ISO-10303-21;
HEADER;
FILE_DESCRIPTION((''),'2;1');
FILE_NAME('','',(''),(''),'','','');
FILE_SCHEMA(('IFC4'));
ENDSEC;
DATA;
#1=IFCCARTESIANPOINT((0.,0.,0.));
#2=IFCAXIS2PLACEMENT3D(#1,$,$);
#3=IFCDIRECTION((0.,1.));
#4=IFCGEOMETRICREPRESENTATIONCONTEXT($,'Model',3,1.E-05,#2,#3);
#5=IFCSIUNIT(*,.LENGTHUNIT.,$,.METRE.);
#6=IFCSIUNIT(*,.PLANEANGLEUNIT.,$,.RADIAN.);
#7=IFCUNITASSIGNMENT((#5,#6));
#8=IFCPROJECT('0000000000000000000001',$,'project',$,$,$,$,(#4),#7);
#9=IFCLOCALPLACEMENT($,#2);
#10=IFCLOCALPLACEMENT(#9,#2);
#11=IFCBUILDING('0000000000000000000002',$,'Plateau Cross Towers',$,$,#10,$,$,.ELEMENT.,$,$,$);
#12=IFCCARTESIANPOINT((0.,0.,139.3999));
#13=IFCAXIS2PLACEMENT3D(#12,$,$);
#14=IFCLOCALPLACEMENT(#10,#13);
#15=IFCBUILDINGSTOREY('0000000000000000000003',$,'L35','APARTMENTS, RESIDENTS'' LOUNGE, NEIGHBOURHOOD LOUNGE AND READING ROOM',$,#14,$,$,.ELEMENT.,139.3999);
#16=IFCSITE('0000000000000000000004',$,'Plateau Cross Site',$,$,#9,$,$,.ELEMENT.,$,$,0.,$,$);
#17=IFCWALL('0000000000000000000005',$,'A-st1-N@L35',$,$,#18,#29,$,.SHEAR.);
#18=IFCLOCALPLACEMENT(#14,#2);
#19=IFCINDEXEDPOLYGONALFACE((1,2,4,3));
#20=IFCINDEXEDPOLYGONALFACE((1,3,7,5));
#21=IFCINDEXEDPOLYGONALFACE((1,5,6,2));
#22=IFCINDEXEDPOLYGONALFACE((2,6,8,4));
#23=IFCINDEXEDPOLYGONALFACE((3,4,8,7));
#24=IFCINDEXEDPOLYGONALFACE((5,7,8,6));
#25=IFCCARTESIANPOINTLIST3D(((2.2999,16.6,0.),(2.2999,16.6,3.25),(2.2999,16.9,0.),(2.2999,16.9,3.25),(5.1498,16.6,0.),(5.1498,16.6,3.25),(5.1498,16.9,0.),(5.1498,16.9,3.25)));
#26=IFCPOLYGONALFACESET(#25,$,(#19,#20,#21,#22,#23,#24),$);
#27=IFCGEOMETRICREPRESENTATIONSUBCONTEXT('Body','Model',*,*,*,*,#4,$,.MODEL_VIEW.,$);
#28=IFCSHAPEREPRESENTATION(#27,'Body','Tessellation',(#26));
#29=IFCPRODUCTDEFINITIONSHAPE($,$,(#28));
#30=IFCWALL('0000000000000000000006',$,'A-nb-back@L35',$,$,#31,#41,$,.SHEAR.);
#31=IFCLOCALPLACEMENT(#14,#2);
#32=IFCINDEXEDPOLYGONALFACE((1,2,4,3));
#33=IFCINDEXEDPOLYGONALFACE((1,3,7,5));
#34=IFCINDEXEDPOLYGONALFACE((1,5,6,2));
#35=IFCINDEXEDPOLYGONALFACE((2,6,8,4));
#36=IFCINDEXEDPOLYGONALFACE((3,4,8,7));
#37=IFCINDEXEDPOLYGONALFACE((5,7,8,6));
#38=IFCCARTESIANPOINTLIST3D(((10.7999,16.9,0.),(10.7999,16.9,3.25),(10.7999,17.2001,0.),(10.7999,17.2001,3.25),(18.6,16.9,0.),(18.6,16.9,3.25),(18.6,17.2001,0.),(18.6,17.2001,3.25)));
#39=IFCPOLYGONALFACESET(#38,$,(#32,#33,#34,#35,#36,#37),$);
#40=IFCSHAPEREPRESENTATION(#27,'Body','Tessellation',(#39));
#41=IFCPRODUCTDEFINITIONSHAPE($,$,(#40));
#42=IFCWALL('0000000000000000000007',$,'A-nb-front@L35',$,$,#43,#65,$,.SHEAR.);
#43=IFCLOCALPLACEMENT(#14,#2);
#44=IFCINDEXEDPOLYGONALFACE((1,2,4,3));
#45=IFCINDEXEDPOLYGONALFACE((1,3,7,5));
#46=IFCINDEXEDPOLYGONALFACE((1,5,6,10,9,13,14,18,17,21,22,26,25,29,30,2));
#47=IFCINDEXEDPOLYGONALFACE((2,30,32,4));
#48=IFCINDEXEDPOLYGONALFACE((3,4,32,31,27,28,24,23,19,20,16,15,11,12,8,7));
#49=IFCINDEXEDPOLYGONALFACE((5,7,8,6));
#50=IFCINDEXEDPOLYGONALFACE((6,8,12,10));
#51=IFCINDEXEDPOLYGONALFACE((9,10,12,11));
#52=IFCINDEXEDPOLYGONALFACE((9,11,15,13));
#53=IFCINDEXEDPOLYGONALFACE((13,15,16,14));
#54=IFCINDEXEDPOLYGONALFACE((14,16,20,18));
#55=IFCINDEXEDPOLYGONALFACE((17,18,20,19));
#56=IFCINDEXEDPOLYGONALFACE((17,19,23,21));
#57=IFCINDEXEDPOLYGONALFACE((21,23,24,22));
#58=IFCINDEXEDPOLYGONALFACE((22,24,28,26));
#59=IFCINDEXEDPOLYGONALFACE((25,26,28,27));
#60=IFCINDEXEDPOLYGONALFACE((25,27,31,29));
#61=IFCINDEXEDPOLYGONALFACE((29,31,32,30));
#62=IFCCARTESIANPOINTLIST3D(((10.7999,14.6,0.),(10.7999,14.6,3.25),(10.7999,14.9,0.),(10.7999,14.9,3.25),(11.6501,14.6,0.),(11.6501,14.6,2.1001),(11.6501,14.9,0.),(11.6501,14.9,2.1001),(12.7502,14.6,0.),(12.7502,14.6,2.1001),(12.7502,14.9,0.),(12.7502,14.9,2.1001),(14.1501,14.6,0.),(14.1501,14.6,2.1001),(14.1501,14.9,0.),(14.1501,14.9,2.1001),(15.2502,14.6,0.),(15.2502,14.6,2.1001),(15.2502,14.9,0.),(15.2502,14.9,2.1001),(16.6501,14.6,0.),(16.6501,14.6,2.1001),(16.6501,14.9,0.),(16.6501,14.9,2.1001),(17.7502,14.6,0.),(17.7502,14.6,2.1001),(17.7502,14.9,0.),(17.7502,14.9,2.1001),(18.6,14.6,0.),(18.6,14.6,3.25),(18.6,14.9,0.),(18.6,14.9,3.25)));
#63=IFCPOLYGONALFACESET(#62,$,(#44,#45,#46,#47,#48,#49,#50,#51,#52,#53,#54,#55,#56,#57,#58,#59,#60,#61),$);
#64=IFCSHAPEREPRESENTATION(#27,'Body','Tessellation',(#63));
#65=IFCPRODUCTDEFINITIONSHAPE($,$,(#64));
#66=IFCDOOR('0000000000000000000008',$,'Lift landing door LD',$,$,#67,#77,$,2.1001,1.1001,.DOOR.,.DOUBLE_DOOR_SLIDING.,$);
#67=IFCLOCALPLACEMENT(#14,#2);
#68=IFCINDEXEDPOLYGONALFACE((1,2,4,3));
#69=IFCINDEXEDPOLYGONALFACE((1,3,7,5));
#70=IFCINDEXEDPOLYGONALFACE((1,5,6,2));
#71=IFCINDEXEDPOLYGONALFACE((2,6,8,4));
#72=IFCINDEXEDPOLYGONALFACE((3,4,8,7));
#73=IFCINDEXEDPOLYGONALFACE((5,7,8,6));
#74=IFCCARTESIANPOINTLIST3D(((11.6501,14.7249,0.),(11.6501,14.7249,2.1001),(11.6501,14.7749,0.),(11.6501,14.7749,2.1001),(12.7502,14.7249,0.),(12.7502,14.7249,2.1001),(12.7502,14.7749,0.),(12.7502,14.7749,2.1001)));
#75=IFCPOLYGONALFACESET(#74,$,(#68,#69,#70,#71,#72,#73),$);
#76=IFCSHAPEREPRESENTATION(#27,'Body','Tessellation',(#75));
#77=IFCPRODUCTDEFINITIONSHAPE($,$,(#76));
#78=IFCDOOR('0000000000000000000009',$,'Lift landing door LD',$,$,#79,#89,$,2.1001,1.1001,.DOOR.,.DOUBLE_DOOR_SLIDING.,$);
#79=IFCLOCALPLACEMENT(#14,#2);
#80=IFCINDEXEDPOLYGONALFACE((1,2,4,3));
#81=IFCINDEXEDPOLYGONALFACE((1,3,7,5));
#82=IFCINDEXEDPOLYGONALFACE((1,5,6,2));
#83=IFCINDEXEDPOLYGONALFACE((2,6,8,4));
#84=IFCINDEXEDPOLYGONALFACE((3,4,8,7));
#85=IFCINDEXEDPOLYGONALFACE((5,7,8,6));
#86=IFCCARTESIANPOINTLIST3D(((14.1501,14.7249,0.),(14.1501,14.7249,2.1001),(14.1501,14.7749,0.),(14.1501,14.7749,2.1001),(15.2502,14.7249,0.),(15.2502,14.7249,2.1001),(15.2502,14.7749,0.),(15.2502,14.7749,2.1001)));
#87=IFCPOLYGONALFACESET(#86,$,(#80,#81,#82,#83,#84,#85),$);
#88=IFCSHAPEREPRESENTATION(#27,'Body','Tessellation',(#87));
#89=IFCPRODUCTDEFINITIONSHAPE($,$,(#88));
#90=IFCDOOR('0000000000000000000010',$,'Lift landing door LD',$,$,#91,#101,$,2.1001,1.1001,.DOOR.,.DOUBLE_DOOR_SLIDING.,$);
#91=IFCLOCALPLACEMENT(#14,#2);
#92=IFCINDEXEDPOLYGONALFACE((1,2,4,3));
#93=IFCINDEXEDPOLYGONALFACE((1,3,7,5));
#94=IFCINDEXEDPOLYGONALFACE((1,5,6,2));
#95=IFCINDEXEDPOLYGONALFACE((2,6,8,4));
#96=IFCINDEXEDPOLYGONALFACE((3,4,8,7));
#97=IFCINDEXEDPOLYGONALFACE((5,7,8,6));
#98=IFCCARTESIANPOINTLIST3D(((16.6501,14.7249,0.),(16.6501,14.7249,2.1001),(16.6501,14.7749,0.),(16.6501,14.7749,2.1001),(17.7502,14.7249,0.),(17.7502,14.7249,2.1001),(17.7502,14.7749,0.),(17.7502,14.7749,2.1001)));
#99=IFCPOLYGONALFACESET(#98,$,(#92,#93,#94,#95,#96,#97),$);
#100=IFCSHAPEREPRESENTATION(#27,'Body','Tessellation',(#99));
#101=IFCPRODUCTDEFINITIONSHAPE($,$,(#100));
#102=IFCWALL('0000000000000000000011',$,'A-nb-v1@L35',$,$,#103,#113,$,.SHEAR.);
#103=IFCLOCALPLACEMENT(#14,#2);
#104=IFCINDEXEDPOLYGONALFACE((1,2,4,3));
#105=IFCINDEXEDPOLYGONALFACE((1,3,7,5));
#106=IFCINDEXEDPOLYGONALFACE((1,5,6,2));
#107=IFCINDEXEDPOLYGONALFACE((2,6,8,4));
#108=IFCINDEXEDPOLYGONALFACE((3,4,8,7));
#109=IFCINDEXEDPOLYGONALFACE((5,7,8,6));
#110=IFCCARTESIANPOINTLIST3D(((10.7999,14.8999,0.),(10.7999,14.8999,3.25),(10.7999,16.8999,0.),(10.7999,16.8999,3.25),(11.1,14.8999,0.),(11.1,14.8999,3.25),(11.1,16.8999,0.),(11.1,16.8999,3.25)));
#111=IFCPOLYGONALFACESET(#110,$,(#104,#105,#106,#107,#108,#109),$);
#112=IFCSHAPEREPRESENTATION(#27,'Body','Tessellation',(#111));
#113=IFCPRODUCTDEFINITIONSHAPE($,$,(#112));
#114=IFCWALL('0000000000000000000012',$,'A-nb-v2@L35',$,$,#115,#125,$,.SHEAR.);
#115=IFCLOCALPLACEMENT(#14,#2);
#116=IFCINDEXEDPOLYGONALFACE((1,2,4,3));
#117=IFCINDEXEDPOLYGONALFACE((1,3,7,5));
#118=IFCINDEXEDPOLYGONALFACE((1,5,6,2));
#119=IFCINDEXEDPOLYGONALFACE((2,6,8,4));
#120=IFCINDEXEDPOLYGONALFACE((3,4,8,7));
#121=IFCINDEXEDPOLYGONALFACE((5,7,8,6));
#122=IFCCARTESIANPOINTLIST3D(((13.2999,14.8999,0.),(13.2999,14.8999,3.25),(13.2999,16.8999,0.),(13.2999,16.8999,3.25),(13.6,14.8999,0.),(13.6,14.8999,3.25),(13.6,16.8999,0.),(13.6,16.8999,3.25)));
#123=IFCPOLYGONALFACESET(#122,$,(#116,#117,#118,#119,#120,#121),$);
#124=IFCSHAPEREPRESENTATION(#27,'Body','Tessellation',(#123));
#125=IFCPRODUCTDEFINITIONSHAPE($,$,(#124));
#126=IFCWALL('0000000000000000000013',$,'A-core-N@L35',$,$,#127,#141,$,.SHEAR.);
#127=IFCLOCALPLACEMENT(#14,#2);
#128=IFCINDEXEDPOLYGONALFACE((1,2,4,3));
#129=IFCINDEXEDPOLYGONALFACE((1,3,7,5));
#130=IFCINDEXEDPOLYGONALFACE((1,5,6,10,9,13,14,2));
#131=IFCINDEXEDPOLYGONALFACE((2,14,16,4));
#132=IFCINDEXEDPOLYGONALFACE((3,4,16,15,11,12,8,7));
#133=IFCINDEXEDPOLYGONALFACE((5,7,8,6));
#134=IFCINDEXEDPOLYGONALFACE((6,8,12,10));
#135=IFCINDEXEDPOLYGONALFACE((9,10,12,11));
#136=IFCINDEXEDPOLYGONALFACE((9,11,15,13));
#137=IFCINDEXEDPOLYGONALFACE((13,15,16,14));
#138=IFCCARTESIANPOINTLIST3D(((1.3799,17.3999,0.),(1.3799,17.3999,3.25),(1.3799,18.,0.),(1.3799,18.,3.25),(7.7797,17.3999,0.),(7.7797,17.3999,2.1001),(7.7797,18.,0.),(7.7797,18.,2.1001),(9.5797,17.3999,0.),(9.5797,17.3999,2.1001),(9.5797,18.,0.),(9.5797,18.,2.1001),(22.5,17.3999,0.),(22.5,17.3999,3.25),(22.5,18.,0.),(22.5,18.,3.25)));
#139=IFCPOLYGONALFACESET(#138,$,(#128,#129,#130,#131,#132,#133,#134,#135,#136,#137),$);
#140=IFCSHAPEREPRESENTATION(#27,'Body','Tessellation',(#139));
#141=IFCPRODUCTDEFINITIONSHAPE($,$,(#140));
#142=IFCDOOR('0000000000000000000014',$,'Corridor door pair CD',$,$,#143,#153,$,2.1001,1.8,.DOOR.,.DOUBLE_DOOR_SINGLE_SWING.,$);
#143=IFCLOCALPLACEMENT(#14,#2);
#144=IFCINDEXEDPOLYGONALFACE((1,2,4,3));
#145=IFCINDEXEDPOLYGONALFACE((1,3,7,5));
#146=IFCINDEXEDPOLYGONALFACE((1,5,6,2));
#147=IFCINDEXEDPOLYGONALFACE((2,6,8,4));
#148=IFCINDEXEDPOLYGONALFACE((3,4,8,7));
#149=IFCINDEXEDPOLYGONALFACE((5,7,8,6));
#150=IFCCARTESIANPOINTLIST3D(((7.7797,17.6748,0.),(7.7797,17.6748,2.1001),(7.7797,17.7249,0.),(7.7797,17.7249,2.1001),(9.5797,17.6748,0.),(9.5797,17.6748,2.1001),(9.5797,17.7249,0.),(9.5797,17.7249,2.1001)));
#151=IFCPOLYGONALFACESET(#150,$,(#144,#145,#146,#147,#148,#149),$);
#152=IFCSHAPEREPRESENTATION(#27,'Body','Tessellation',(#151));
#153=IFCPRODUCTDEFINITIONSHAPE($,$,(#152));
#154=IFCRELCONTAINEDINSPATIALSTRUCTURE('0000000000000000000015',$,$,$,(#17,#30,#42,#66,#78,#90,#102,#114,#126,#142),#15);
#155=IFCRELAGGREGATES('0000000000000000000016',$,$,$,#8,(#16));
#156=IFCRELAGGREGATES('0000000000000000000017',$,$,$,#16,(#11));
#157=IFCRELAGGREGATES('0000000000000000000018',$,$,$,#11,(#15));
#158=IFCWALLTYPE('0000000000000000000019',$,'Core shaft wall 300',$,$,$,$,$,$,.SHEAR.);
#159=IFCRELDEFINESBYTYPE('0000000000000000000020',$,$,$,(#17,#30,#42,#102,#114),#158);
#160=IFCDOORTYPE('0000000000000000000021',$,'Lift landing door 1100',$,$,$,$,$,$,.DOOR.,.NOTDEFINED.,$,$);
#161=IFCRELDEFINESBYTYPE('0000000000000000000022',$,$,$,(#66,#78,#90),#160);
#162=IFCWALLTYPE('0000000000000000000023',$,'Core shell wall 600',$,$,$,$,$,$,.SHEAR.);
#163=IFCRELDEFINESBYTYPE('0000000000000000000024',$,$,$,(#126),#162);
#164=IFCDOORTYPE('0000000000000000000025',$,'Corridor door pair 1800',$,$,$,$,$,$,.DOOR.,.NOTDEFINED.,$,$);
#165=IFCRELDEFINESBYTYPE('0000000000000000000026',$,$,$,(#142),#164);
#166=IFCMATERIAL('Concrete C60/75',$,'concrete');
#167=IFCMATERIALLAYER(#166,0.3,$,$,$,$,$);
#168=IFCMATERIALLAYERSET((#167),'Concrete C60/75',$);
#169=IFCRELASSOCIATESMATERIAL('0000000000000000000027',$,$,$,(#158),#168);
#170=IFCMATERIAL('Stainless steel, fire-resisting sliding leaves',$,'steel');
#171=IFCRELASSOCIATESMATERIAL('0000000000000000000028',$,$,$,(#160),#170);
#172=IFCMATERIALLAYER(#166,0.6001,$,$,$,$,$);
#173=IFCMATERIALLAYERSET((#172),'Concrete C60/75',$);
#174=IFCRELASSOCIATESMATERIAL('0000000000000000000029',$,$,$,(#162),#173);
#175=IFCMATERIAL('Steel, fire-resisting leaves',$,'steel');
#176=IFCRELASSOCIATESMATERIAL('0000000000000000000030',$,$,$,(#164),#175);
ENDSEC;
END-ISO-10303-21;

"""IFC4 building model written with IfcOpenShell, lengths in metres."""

from ifc_helpers import new_model, si_unit, direction, frame, frame_2d, origin, place, context, subcontext, project, spatial, rectangle, extrude, material, layer, layer_set, type_object, element, fill, save


model = new_model("IFC4")

# Units and contexts
model_context = context("Model", 3, precision=1e-05, world=origin(), true_north=direction((0.0, 1.0)))
body_context = subcontext(model_context, "Body", "Model", "MODEL_VIEW")
ifc_project = project(units=[si_unit("LENGTHUNIT", "METRE"), si_unit("PLANEANGLEUNIT", "RADIAN")], contexts=[model_context])

# Site, building, storey
site_placement = place(None, origin())
site = spatial("IfcSite", under=ifc_project, at=site_placement, Name="Plateau Cross Site", CompositionType="ELEMENT", RefElevation=0.0)
building_placement = place(site_placement, origin())
building = spatial("IfcBuilding", under=site, at=building_placement, Name="Plateau Cross Towers", CompositionType="ELEMENT")
storey_placement = place(building_placement, frame((0.0, 0.0, 139.3999)))
storey = spatial("IfcBuildingStorey", under=building, at=storey_placement, Name="L35", Description="APARTMENTS, RESIDENTS' LOUNGE, NEIGHBOURHOOD LOUNGE AND READING ROOM", CompositionType="ELEMENT", Elevation=139.3999)

# Walls
ifc_material_1 = material(Name="Concrete C60/75", Category="concrete")
ifc_layer_1 = layer(ifc_material_1, 0.3)
ifc_layer_set_1 = layer_set([ifc_layer_1], Name="Concrete C60/75")
wall_type_1 = type_object("IfcWallType", Name="Core shaft wall 300", PredefinedType="SHEAR", material=ifc_layer_set_1)
wall_1_placement = place(storey_placement, frame((2.3, 16.75, 0.0), z_axis=(0.0, 0.0, 1.0), x_axis=(1.0, 0.0, 0.0)))
element("IfcWall", 1, at=wall_1_placement, inside=storey, type_object=wall_type_1, Name="A-st1-N@L35", PredefinedType="SHEAR", context=body_context, shape_type="SweptSolid", body=[
    extrude(rectangle(XDim=2.8499, YDim=0.3, at=frame_2d((1.4248, 0.0))), origin(), (0.0, 0.0, 1.0), 3.25),
])
wall_2_placement = place(storey_placement, frame((10.8, 17.05, 0.0), z_axis=(0.0, 0.0, 1.0), x_axis=(1.0, 0.0, 0.0)))
element("IfcWall", 2, at=wall_2_placement, inside=storey, type_object=wall_type_1, Name="A-nb-back@L35", PredefinedType="SHEAR", context=body_context, shape_type="SweptSolid", body=[
    extrude(rectangle(XDim=7.8, YDim=0.3, at=frame_2d((3.8999, 0.0))), origin(), (0.0, 0.0, 1.0), 3.25),
])

# Wall, openings, doors
wall_3_placement = place(storey_placement, frame((10.8, 14.75, 0.0), z_axis=(0.0, 0.0, 1.0), x_axis=(1.0, 0.0, 0.0)))
wall_3 = element("IfcWall", 3, at=wall_3_placement, inside=storey, type_object=wall_type_1, Name="A-nb-front@L35", PredefinedType="SHEAR", context=body_context, shape_type="SweptSolid", body=[
    extrude(rectangle(XDim=7.8, YDim=0.3, at=frame_2d((3.8999, 0.0))), origin(), (0.0, 0.0, 1.0), 3.25),
])
opening_1_placement = place(wall_3_placement, frame((0.8501, 0.0, 0.0)))
opening_1 = element("IfcOpeningElement", 4, at=opening_1_placement, cuts=wall_3, PredefinedType="OPENING", context=body_context, shape_type="SweptSolid", body=[
    extrude(rectangle(XDim=1.1001, YDim=2.1001, at=frame_2d((0.55, 1.05))), frame((0.0, 0.1599, 0.0), z_axis=(0.0, -1.0, 0.0), x_axis=(1.0, 0.0, 0.0)), (0.0, 0.0, 1.0), 0.3201),
])
opening_2_placement = place(wall_3_placement, frame((3.3501, 0.0, 0.0)))
opening_2 = element("IfcOpeningElement", 5, at=opening_2_placement, cuts=wall_3, PredefinedType="OPENING", context=body_context, shape_type="SweptSolid", body=[
    extrude(rectangle(XDim=1.1001, YDim=2.1001, at=frame_2d((0.55, 1.05))), frame((0.0, 0.1599, 0.0), z_axis=(0.0, -1.0, 0.0), x_axis=(1.0, 0.0, 0.0)), (0.0, 0.0, 1.0), 0.3201),
])
opening_3_placement = place(wall_3_placement, frame((5.8501, 0.0, 0.0)))
opening_3 = element("IfcOpeningElement", 6, at=opening_3_placement, cuts=wall_3, PredefinedType="OPENING", context=body_context, shape_type="SweptSolid", body=[
    extrude(rectangle(XDim=1.1001, YDim=2.1001, at=frame_2d((0.55, 1.05))), frame((0.0, 0.1599, 0.0), z_axis=(0.0, -1.0, 0.0), x_axis=(1.0, 0.0, 0.0)), (0.0, 0.0, 1.0), 0.3201),
])
ifc_material_2 = material(Name="Stainless steel, fire-resisting sliding leaves", Category="steel")
door_type_1 = type_object("IfcDoorType", Name="Lift landing door 1100", OperationType="NOTDEFINED", PredefinedType="DOOR", material=ifc_material_2)
door_1_placement = place(opening_1_placement, origin())
door_1 = element("IfcDoor", 7, at=door_1_placement, inside=storey, type_object=door_type_1, Name="Lift landing door LD", OperationType="DOUBLE_DOOR_SLIDING", OverallHeight=2.1001, OverallWidth=1.1001, PredefinedType="DOOR", context=body_context, shape_type="SweptSolid", body=[
    extrude(rectangle(XDim=1.1001, YDim=2.1001, at=frame_2d((0.55, 1.05))), frame((0.0, 0.0249, 0.0), z_axis=(0.0, -1.0, 0.0), x_axis=(1.0, 0.0, 0.0)), (0.0, 0.0, 1.0), 0.05),
])
fill(opening_1, door_1)
door_2_placement = place(opening_2_placement, origin())
door_2 = element("IfcDoor", 8, at=door_2_placement, inside=storey, type_object=door_type_1, Name="Lift landing door LD", OperationType="DOUBLE_DOOR_SLIDING", OverallHeight=2.1001, OverallWidth=1.1001, PredefinedType="DOOR", context=body_context, shape_type="SweptSolid", body=[
    extrude(rectangle(XDim=1.1001, YDim=2.1001, at=frame_2d((0.55, 1.05))), frame((0.0, 0.0249, 0.0), z_axis=(0.0, -1.0, 0.0), x_axis=(1.0, 0.0, 0.0)), (0.0, 0.0, 1.0), 0.05),
])
fill(opening_2, door_2)
door_3_placement = place(opening_3_placement, origin())
door_3 = element("IfcDoor", 9, at=door_3_placement, inside=storey, type_object=door_type_1, Name="Lift landing door LD", OperationType="DOUBLE_DOOR_SLIDING", OverallHeight=2.1001, OverallWidth=1.1001, PredefinedType="DOOR", context=body_context, shape_type="SweptSolid", body=[
    extrude(rectangle(XDim=1.1001, YDim=2.1001, at=frame_2d((0.55, 1.05))), frame((0.0, 0.0249, 0.0), z_axis=(0.0, -1.0, 0.0), x_axis=(1.0, 0.0, 0.0)), (0.0, 0.0, 1.0), 0.05),
])
fill(opening_3, door_3)

# Walls
for number, where, z_axis, x_axis, name in (
    (10, (10.95, 14.8999, 0.0), (0.0, 0.0, 1.0), (0.0, 1.0, 0.0), "A-nb-v1@L35"),
    (11, (13.45, 14.8999, 0.0), (0.0, 0.0, 1.0), (0.0, 1.0, 0.0), "A-nb-v2@L35"),
):
    element("IfcWall", number, at=place(storey_placement, frame(where, z_axis=z_axis, x_axis=x_axis)), inside=storey, type_object=wall_type_1, Name=name, PredefinedType="SHEAR", context=body_context, shape_type="SweptSolid", body=[
        extrude(rectangle(XDim=2.0, YDim=0.3, at=frame_2d((1.0, 0.0))), origin(), (0.0, 0.0, 1.0), 3.25),
    ])

# Wall, opening, door
ifc_layer_2 = layer(ifc_material_1, 0.6001)
ifc_layer_set_2 = layer_set([ifc_layer_2], Name="Concrete C60/75")
wall_type_2 = type_object("IfcWallType", Name="Core shell wall 600", PredefinedType="SHEAR", material=ifc_layer_set_2)
wall_4_placement = place(storey_placement, frame((1.3799, 17.7, 0.0), z_axis=(0.0, 0.0, 1.0), x_axis=(1.0, 0.0, 0.0)))
wall_4 = element("IfcWall", 12, at=wall_4_placement, inside=storey, type_object=wall_type_2, Name="A-core-N@L35", PredefinedType="SHEAR", context=body_context, shape_type="SweptSolid", body=[
    extrude(rectangle(XDim=21.1201, YDim=0.6001, at=frame_2d((10.5601, 0.0))), origin(), (0.0, 0.0, 1.0), 3.25),
])
opening_4_placement = place(wall_4_placement, frame((6.3999, 0.0, 0.0)))
opening_4 = element("IfcOpeningElement", 13, at=opening_4_placement, cuts=wall_4, PredefinedType="OPENING", context=body_context, shape_type="SweptSolid", body=[
    extrude(rectangle(XDim=1.8, YDim=2.1001, at=frame_2d((0.8999, 1.05))), frame((0.0, 0.3101, 0.0), z_axis=(0.0, -1.0, 0.0), x_axis=(1.0, 0.0, 0.0)), (0.0, 0.0, 1.0), 0.6201),
])
ifc_material_3 = material(Name="Steel, fire-resisting leaves", Category="steel")
door_type_2 = type_object("IfcDoorType", Name="Corridor door pair 1800", OperationType="NOTDEFINED", PredefinedType="DOOR", material=ifc_material_3)
door_4_placement = place(opening_4_placement, origin())
door_4 = element("IfcDoor", 14, at=door_4_placement, inside=storey, type_object=door_type_2, Name="Corridor door pair CD", OperationType="DOUBLE_DOOR_SINGLE_SWING", OverallHeight=2.1001, OverallWidth=1.8, PredefinedType="DOOR", context=body_context, shape_type="SweptSolid", body=[
    extrude(rectangle(XDim=1.8, YDim=2.1001, at=frame_2d((0.8999, 1.05))), frame((0.0, 0.0249, 0.0), z_axis=(0.0, -1.0, 0.0), x_axis=(1.0, 0.0, 0.0)), (0.0, 0.0, 1.0), 0.05),
])
fill(opening_4, door_4)

save(model, "model.ifc")
